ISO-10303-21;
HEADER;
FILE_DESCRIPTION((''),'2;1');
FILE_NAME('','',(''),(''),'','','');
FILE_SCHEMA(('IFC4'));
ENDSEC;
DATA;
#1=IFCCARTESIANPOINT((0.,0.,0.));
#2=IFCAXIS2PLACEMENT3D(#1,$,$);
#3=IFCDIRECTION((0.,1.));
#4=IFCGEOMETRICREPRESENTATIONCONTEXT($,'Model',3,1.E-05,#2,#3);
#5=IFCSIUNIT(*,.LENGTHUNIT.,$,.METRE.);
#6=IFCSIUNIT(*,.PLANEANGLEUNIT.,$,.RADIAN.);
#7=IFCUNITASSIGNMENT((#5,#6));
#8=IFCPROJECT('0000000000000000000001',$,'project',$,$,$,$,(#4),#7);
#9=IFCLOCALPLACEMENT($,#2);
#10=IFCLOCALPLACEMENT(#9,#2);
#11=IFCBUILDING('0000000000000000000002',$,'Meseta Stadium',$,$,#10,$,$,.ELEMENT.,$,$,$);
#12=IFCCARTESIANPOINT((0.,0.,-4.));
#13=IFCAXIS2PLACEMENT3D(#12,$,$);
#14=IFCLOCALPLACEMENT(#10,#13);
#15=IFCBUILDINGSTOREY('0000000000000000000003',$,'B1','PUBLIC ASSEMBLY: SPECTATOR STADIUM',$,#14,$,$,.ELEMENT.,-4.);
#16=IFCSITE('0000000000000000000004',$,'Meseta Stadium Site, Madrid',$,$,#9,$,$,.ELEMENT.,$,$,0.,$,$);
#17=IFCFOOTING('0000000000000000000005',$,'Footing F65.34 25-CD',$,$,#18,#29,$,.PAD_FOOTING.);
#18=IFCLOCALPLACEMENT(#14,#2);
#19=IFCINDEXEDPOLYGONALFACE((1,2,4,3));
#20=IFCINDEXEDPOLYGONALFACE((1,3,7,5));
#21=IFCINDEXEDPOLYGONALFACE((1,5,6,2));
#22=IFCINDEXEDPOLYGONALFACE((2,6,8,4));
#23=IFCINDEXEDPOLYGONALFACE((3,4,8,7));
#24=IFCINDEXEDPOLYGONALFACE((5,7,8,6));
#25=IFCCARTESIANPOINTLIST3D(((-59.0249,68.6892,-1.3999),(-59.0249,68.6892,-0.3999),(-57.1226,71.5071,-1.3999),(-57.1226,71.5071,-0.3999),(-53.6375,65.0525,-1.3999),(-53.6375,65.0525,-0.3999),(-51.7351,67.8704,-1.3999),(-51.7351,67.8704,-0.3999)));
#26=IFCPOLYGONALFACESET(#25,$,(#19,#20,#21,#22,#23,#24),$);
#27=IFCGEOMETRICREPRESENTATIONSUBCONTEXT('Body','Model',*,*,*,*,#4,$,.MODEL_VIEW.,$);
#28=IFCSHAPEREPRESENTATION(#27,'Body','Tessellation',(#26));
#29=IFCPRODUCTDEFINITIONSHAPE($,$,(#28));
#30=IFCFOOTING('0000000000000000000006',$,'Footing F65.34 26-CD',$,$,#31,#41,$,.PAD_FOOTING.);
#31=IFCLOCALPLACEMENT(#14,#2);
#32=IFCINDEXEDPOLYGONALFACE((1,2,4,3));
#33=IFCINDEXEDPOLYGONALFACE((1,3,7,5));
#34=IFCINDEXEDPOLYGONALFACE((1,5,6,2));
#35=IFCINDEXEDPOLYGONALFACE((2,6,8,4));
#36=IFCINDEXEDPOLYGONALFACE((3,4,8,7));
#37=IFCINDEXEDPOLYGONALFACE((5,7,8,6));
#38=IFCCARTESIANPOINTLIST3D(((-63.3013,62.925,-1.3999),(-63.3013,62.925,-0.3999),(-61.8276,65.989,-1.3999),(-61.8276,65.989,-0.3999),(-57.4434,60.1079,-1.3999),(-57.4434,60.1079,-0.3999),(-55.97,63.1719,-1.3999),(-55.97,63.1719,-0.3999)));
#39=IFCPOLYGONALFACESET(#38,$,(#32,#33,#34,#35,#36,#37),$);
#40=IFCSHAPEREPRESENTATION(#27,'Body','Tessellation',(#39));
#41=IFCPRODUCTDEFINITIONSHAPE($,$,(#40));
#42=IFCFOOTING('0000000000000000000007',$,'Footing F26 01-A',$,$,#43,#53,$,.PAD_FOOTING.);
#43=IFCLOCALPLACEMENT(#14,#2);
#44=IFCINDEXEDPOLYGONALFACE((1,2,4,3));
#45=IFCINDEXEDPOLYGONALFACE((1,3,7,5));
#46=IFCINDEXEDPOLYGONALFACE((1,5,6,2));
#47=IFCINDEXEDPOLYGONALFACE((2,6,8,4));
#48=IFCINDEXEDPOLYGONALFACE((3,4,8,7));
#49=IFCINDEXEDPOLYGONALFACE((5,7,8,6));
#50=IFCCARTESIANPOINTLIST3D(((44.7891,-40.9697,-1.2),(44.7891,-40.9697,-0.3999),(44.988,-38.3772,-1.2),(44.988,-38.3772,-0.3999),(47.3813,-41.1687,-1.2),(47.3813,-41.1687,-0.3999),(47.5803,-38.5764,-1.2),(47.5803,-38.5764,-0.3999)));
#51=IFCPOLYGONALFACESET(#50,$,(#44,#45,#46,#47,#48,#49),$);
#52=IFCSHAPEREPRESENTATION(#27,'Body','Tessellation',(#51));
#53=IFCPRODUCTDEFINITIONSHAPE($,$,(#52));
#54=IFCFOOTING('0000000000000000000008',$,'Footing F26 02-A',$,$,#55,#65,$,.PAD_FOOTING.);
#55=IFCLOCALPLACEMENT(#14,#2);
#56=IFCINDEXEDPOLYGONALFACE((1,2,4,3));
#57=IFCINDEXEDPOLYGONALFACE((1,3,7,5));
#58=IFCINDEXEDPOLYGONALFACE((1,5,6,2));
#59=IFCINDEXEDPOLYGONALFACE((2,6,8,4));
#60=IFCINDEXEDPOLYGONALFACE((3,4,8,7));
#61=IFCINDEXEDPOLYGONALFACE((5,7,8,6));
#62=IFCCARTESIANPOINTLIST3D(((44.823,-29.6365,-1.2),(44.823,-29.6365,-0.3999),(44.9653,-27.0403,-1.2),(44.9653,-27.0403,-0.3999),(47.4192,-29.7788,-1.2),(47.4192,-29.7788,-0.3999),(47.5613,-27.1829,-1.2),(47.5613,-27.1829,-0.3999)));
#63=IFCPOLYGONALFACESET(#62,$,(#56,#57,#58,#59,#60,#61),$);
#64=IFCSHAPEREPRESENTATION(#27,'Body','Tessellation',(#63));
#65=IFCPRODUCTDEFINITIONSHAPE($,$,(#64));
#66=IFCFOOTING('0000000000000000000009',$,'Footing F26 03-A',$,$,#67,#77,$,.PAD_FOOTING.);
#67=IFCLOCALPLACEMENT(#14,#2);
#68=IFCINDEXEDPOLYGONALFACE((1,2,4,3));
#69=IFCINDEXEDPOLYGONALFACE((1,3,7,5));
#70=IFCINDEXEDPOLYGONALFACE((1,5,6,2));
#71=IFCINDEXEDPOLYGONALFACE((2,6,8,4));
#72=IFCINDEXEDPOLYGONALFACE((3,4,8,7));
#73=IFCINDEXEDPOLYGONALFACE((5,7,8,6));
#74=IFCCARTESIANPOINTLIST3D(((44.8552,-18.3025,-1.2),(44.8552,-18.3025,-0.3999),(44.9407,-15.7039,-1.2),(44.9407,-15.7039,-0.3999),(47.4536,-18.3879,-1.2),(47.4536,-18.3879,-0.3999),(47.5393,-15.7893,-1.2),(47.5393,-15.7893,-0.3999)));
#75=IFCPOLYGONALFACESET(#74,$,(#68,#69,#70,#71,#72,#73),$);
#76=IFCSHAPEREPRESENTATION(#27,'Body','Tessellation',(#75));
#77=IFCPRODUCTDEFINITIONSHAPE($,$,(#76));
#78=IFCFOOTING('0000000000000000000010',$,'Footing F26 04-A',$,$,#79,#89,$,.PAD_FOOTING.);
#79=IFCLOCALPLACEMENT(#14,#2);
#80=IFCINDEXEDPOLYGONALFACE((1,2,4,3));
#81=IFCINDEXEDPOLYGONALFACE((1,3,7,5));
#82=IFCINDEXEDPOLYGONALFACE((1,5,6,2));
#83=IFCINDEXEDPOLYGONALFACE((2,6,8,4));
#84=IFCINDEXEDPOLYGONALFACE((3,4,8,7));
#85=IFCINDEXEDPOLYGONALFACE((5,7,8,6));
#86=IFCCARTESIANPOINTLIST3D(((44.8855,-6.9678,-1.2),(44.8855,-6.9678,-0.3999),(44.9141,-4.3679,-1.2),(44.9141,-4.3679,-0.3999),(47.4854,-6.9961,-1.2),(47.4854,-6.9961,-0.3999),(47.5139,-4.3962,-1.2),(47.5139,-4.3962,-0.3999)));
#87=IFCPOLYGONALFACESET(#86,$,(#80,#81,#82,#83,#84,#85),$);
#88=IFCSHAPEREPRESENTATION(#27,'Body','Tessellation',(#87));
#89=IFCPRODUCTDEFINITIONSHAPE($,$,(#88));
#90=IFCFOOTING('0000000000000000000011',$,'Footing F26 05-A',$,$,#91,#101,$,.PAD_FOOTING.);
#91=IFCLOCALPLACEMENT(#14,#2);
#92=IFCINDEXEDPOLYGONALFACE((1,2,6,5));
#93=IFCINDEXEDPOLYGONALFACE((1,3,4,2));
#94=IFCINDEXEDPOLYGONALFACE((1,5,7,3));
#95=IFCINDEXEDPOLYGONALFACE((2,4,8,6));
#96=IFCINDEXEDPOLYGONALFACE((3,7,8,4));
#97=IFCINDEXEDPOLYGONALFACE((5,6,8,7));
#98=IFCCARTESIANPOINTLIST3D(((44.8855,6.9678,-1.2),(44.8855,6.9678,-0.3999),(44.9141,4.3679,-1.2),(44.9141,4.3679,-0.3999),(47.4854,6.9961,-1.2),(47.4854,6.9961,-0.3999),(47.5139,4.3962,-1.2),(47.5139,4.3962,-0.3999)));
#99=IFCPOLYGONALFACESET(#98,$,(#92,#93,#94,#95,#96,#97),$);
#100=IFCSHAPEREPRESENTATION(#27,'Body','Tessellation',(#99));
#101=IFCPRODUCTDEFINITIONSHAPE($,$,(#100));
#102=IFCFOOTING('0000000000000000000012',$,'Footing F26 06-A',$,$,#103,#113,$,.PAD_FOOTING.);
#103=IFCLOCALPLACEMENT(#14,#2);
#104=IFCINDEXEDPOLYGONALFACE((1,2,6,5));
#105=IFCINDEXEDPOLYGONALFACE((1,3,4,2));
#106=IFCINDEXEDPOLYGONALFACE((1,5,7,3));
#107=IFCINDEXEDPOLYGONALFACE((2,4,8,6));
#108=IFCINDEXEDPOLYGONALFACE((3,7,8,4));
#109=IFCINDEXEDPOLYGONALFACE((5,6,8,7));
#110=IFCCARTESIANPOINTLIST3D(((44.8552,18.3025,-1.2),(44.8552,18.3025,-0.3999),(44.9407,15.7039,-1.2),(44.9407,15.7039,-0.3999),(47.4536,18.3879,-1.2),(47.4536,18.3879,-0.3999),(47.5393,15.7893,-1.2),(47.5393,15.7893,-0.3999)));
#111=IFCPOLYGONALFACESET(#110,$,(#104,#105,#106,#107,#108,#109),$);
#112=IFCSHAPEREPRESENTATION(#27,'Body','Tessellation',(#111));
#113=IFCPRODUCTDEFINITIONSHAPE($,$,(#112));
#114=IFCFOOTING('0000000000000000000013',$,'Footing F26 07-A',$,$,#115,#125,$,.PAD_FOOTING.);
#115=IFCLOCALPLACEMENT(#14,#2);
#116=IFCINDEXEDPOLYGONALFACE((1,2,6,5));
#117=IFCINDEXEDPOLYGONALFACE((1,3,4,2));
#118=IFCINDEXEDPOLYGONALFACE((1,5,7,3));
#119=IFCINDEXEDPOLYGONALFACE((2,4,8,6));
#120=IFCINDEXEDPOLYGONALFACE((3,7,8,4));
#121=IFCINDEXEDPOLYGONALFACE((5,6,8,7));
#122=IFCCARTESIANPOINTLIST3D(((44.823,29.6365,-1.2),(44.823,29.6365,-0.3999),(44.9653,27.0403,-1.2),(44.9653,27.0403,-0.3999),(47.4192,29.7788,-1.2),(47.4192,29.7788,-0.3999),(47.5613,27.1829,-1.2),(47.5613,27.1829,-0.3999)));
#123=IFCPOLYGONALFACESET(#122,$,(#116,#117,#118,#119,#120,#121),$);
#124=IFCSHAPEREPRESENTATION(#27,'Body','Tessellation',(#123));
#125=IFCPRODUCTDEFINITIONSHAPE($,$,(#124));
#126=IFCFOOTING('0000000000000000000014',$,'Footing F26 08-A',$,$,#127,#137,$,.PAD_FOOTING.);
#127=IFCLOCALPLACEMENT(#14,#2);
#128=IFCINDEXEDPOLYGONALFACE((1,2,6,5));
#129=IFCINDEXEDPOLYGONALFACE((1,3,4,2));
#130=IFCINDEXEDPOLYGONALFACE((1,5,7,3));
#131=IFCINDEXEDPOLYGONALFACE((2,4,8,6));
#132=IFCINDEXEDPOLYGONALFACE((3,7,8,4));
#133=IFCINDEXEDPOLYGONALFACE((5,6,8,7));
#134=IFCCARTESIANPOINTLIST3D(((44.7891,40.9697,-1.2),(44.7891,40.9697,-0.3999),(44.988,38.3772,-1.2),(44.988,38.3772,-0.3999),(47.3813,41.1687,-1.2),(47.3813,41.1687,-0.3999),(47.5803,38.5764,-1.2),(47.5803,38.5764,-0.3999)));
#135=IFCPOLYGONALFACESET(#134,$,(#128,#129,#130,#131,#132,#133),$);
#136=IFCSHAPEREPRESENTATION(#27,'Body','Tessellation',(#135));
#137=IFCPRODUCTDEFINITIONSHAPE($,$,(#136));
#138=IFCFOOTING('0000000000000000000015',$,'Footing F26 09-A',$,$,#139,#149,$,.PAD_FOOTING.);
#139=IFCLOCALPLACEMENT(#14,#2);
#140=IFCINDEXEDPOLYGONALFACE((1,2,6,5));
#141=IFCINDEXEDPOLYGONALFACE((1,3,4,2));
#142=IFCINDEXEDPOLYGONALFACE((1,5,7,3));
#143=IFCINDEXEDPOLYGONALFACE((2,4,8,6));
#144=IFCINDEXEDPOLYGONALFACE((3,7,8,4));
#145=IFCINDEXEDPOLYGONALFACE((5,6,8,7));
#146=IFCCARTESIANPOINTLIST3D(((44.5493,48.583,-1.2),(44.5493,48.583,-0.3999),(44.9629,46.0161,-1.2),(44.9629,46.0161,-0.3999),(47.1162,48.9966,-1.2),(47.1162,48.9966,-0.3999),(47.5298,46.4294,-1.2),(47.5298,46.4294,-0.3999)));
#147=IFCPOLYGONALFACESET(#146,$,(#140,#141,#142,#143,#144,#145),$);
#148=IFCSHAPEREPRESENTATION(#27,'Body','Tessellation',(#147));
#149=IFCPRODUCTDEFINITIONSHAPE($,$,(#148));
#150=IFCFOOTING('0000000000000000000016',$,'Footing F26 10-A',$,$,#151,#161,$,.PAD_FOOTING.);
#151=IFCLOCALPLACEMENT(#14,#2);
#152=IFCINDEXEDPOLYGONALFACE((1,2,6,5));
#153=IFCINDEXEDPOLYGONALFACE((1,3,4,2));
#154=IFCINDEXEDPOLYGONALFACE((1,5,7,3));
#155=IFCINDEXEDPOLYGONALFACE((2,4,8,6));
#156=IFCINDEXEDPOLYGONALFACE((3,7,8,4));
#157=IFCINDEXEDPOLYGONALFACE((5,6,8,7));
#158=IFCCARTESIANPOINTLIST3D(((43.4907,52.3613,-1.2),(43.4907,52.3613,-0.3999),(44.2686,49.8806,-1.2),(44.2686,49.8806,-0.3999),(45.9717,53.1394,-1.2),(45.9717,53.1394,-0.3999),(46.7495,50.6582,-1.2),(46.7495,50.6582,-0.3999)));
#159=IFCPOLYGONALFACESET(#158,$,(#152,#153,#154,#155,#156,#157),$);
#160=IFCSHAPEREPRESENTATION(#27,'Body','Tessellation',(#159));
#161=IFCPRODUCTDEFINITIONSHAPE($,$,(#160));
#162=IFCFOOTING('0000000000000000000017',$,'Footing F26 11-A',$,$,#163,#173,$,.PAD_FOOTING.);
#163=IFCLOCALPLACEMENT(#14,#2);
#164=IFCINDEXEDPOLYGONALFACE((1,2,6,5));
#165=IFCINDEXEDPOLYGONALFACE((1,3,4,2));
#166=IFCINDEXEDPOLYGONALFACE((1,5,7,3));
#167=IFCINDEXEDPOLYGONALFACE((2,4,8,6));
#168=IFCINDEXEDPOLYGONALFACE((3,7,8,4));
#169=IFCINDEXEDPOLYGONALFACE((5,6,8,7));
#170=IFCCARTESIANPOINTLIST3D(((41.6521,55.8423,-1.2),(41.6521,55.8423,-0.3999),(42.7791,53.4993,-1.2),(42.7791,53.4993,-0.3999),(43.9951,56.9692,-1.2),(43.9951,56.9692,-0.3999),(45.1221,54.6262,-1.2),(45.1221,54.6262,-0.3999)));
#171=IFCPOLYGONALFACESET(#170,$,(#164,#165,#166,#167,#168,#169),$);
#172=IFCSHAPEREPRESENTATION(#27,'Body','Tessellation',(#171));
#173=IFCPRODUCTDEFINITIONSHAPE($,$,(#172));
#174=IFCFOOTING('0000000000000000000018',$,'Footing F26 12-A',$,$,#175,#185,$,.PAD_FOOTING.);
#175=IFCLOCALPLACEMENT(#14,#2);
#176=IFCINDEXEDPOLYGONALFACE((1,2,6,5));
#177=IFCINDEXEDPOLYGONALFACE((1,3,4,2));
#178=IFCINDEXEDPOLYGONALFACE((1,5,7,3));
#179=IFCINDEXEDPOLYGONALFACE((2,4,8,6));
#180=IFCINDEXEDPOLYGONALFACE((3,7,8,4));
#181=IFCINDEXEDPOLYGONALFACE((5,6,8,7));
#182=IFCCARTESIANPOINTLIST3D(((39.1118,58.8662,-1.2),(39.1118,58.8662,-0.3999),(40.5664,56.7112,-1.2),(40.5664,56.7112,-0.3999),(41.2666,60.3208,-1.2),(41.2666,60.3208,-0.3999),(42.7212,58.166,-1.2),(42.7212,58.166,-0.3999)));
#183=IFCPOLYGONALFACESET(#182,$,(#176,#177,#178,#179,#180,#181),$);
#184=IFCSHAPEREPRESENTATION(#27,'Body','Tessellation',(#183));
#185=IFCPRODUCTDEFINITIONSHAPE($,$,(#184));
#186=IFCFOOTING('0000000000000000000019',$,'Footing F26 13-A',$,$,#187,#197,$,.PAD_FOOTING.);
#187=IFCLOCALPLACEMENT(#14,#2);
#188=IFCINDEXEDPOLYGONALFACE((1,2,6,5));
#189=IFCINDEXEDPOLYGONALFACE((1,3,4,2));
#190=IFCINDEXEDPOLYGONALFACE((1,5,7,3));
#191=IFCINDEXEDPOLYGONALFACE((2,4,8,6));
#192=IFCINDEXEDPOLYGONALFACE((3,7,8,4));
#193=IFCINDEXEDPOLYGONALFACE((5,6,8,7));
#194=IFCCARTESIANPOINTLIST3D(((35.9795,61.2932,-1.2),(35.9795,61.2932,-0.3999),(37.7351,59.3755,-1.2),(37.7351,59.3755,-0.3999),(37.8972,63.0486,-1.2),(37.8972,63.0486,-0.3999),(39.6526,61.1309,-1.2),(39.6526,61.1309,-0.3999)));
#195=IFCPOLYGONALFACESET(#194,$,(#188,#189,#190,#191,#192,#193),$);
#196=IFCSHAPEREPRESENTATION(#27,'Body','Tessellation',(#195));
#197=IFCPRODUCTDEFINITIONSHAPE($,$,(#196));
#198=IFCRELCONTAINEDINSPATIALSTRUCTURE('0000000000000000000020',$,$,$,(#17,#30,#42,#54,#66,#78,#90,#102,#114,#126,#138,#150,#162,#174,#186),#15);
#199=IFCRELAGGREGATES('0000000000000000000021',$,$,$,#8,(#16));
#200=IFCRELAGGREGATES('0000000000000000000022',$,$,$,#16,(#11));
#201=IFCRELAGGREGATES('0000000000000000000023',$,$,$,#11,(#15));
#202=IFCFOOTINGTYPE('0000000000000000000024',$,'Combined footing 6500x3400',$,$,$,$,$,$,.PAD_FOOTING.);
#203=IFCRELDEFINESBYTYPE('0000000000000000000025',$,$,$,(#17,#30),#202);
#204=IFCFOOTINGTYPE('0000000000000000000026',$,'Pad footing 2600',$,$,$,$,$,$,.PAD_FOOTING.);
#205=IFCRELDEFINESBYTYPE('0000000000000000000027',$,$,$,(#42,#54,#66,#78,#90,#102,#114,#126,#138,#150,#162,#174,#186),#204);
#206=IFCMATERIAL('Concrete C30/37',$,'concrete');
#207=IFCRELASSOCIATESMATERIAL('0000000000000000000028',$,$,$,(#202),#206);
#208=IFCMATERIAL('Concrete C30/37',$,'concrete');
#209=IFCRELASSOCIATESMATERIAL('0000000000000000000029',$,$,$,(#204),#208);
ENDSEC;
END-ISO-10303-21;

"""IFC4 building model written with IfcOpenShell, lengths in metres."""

from ifc_helpers import new_model, si_unit, direction, frame, origin, place, context, subcontext, project, spatial, polyline, outline, extrude, material, type_object, element, save


model = new_model("IFC4")

# Units and contexts
model_context = context("Model", 3, precision=1e-05, world=origin(), true_north=direction((0.0, 1.0)))
body_context = subcontext(model_context, "Body", "Model", "MODEL_VIEW")
ifc_project = project(units=[si_unit("LENGTHUNIT", "METRE"), si_unit("PLANEANGLEUNIT", "RADIAN")], contexts=[model_context])

# Site, building, storey
site_placement = place(None, origin())
site = spatial("IfcSite", under=ifc_project, at=site_placement, Name="Meseta Stadium Site, Madrid", CompositionType="ELEMENT", RefElevation=0.0)
building_placement = place(site_placement, origin())
building = spatial("IfcBuilding", under=site, at=building_placement, Name="Meseta Stadium", CompositionType="ELEMENT")
storey_placement = place(building_placement, frame((0.0, 0.0, -4.0)))
storey = spatial("IfcBuildingStorey", under=building, at=storey_placement, Name="B1", Description="PUBLIC ASSEMBLY: SPECTATOR STADIUM", CompositionType="ELEMENT", Elevation=-4.0)

# Footings
ifc_material_1 = material(Name="Concrete C30/37", Category="concrete")
footing_type_1 = type_object("IfcFootingType", Name="Combined footing 6500x3400", PredefinedType="PAD_FOOTING", material=ifc_material_1)
footing_1_placement = place(storey_placement, frame((0.0, 0.0, -1.3999)))
element("IfcFooting", 1, at=footing_1_placement, inside=storey, type_object=footing_type_1, Name="Footing F65.34 25-CD", PredefinedType="PAD_FOOTING", context=body_context, shape_type="SweptSolid", body=[
    extrude(outline(polyline([(-51.7351, 67.8704), (-57.1226, 71.5071), (-59.0249, 68.6892), (-53.6375, 65.0525), (-51.7351, 67.8704)])), origin(), (0.0, 0.0, 1.0), 1.0),
])
footing_2_placement = place(storey_placement, frame((0.0, 0.0, -1.3999)))
element("IfcFooting", 2, at=footing_2_placement, inside=storey, type_object=footing_type_1, Name="Footing F65.34 26-CD", PredefinedType="PAD_FOOTING", context=body_context, shape_type="SweptSolid", body=[
    extrude(outline(polyline([(-55.97, 63.1719), (-61.8276, 65.989), (-63.3013, 62.925), (-57.4434, 60.1079), (-55.97, 63.1719)])), origin(), (0.0, 0.0, 1.0), 1.0),
])
ifc_material_2 = material(Name="Concrete C30/37", Category="concrete")
footing_type_2 = type_object("IfcFootingType", Name="Pad footing 2600", PredefinedType="PAD_FOOTING", material=ifc_material_2)
footing_3_placement = place(storey_placement, frame((0.0, 0.0, -1.2)))
element("IfcFooting", 3, at=footing_3_placement, inside=storey, type_object=footing_type_2, Name="Footing F26 01-A", PredefinedType="PAD_FOOTING", context=body_context, shape_type="SweptSolid", body=[
    extrude(outline(polyline([(44.7891, -40.9697), (47.3813, -41.1687), (47.5803, -38.5764), (44.988, -38.3772), (44.7891, -40.9697)])), origin(), (0.0, 0.0, 1.0), 0.8),
])
footing_4_placement = place(storey_placement, frame((0.0, 0.0, -1.2)))
element("IfcFooting", 4, at=footing_4_placement, inside=storey, type_object=footing_type_2, Name="Footing F26 02-A", PredefinedType="PAD_FOOTING", context=body_context, shape_type="SweptSolid", body=[
    extrude(outline(polyline([(44.823, -29.6365), (47.4192, -29.7788), (47.5613, -27.1829), (44.9653, -27.0403), (44.823, -29.6365)])), origin(), (0.0, 0.0, 1.0), 0.8),
])
footing_5_placement = place(storey_placement, frame((0.0, 0.0, -1.2)))
element("IfcFooting", 5, at=footing_5_placement, inside=storey, type_object=footing_type_2, Name="Footing F26 03-A", PredefinedType="PAD_FOOTING", context=body_context, shape_type="SweptSolid", body=[
    extrude(outline(polyline([(44.8552, -18.3025), (47.4536, -18.3879), (47.5393, -15.7893), (44.9407, -15.7039), (44.8552, -18.3025)])), origin(), (0.0, 0.0, 1.0), 0.8),
])
footing_6_placement = place(storey_placement, frame((0.0, 0.0, -1.2)))
element("IfcFooting", 6, at=footing_6_placement, inside=storey, type_object=footing_type_2, Name="Footing F26 04-A", PredefinedType="PAD_FOOTING", context=body_context, shape_type="SweptSolid", body=[
    extrude(outline(polyline([(44.8855, -6.9678), (47.4854, -6.9961), (47.5139, -4.3962), (44.9141, -4.3679), (44.8855, -6.9678)])), origin(), (0.0, 0.0, 1.0), 0.8),
])
footing_7_placement = place(storey_placement, frame((0.0, 0.0, -1.2)))
element("IfcFooting", 7, at=footing_7_placement, inside=storey, type_object=footing_type_2, Name="Footing F26 05-A", PredefinedType="PAD_FOOTING", context=body_context, shape_type="SweptSolid", body=[
    extrude(outline(polyline([(44.9141, 4.3679), (47.5139, 4.3962), (47.4854, 6.9961), (44.8855, 6.9678), (44.9141, 4.3679)])), origin(), (0.0, 0.0, 1.0), 0.8),
])
footing_8_placement = place(storey_placement, frame((0.0, 0.0, -1.2)))
element("IfcFooting", 8, at=footing_8_placement, inside=storey, type_object=footing_type_2, Name="Footing F26 06-A", PredefinedType="PAD_FOOTING", context=body_context, shape_type="SweptSolid", body=[
    extrude(outline(polyline([(44.9407, 15.7039), (47.5393, 15.7893), (47.4536, 18.3879), (44.8552, 18.3025), (44.9407, 15.7039)])), origin(), (0.0, 0.0, 1.0), 0.8),
])
footing_9_placement = place(storey_placement, frame((0.0, 0.0, -1.2)))
element("IfcFooting", 9, at=footing_9_placement, inside=storey, type_object=footing_type_2, Name="Footing F26 07-A", PredefinedType="PAD_FOOTING", context=body_context, shape_type="SweptSolid", body=[
    extrude(outline(polyline([(44.9653, 27.0403), (47.5613, 27.1829), (47.4192, 29.7788), (44.823, 29.6365), (44.9653, 27.0403)])), origin(), (0.0, 0.0, 1.0), 0.8),
])
footing_10_placement = place(storey_placement, frame((0.0, 0.0, -1.2)))
element("IfcFooting", 10, at=footing_10_placement, inside=storey, type_object=footing_type_2, Name="Footing F26 08-A", PredefinedType="PAD_FOOTING", context=body_context, shape_type="SweptSolid", body=[
    extrude(outline(polyline([(44.988, 38.3772), (47.5803, 38.5764), (47.3813, 41.1687), (44.7891, 40.9697), (44.988, 38.3772)])), origin(), (0.0, 0.0, 1.0), 0.8),
])
footing_11_placement = place(storey_placement, frame((0.0, 0.0, -1.2)))
element("IfcFooting", 11, at=footing_11_placement, inside=storey, type_object=footing_type_2, Name="Footing F26 09-A", PredefinedType="PAD_FOOTING", context=body_context, shape_type="SweptSolid", body=[
    extrude(outline(polyline([(44.9629, 46.0161), (47.5298, 46.4294), (47.1162, 48.9966), (44.5493, 48.583), (44.9629, 46.0161)])), origin(), (0.0, 0.0, 1.0), 0.8),
])
footing_12_placement = place(storey_placement, frame((0.0, 0.0, -1.2)))
element("IfcFooting", 12, at=footing_12_placement, inside=storey, type_object=footing_type_2, Name="Footing F26 10-A", PredefinedType="PAD_FOOTING", context=body_context, shape_type="SweptSolid", body=[
    extrude(outline(polyline([(44.2686, 49.8806), (46.7495, 50.6582), (45.9717, 53.1394), (43.4907, 52.3613), (44.2686, 49.8806)])), origin(), (0.0, 0.0, 1.0), 0.8),
])
footing_13_placement = place(storey_placement, frame((0.0, 0.0, -1.2)))
element("IfcFooting", 13, at=footing_13_placement, inside=storey, type_object=footing_type_2, Name="Footing F26 11-A", PredefinedType="PAD_FOOTING", context=body_context, shape_type="SweptSolid", body=[
    extrude(outline(polyline([(42.7791, 53.4993), (45.1221, 54.6262), (43.9951, 56.9692), (41.6521, 55.8423), (42.7791, 53.4993)])), origin(), (0.0, 0.0, 1.0), 0.8),
])
footing_14_placement = place(storey_placement, frame((0.0, 0.0, -1.2)))
element("IfcFooting", 14, at=footing_14_placement, inside=storey, type_object=footing_type_2, Name="Footing F26 12-A", PredefinedType="PAD_FOOTING", context=body_context, shape_type="SweptSolid", body=[
    extrude(outline(polyline([(40.5664, 56.7112), (42.7212, 58.166), (41.2666, 60.3208), (39.1118, 58.8662), (40.5664, 56.7112)])), origin(), (0.0, 0.0, 1.0), 0.8),
])
footing_15_placement = place(storey_placement, frame((0.0, 0.0, -1.2)))
element("IfcFooting", 15, at=footing_15_placement, inside=storey, type_object=footing_type_2, Name="Footing F26 13-A", PredefinedType="PAD_FOOTING", context=body_context, shape_type="SweptSolid", body=[
    extrude(outline(polyline([(37.7351, 59.3755), (39.6526, 61.1309), (37.8972, 63.0486), (35.9795, 61.2932), (37.7351, 59.3755)])), origin(), (0.0, 0.0, 1.0), 0.8),
])

save(model, "model.ifc")
